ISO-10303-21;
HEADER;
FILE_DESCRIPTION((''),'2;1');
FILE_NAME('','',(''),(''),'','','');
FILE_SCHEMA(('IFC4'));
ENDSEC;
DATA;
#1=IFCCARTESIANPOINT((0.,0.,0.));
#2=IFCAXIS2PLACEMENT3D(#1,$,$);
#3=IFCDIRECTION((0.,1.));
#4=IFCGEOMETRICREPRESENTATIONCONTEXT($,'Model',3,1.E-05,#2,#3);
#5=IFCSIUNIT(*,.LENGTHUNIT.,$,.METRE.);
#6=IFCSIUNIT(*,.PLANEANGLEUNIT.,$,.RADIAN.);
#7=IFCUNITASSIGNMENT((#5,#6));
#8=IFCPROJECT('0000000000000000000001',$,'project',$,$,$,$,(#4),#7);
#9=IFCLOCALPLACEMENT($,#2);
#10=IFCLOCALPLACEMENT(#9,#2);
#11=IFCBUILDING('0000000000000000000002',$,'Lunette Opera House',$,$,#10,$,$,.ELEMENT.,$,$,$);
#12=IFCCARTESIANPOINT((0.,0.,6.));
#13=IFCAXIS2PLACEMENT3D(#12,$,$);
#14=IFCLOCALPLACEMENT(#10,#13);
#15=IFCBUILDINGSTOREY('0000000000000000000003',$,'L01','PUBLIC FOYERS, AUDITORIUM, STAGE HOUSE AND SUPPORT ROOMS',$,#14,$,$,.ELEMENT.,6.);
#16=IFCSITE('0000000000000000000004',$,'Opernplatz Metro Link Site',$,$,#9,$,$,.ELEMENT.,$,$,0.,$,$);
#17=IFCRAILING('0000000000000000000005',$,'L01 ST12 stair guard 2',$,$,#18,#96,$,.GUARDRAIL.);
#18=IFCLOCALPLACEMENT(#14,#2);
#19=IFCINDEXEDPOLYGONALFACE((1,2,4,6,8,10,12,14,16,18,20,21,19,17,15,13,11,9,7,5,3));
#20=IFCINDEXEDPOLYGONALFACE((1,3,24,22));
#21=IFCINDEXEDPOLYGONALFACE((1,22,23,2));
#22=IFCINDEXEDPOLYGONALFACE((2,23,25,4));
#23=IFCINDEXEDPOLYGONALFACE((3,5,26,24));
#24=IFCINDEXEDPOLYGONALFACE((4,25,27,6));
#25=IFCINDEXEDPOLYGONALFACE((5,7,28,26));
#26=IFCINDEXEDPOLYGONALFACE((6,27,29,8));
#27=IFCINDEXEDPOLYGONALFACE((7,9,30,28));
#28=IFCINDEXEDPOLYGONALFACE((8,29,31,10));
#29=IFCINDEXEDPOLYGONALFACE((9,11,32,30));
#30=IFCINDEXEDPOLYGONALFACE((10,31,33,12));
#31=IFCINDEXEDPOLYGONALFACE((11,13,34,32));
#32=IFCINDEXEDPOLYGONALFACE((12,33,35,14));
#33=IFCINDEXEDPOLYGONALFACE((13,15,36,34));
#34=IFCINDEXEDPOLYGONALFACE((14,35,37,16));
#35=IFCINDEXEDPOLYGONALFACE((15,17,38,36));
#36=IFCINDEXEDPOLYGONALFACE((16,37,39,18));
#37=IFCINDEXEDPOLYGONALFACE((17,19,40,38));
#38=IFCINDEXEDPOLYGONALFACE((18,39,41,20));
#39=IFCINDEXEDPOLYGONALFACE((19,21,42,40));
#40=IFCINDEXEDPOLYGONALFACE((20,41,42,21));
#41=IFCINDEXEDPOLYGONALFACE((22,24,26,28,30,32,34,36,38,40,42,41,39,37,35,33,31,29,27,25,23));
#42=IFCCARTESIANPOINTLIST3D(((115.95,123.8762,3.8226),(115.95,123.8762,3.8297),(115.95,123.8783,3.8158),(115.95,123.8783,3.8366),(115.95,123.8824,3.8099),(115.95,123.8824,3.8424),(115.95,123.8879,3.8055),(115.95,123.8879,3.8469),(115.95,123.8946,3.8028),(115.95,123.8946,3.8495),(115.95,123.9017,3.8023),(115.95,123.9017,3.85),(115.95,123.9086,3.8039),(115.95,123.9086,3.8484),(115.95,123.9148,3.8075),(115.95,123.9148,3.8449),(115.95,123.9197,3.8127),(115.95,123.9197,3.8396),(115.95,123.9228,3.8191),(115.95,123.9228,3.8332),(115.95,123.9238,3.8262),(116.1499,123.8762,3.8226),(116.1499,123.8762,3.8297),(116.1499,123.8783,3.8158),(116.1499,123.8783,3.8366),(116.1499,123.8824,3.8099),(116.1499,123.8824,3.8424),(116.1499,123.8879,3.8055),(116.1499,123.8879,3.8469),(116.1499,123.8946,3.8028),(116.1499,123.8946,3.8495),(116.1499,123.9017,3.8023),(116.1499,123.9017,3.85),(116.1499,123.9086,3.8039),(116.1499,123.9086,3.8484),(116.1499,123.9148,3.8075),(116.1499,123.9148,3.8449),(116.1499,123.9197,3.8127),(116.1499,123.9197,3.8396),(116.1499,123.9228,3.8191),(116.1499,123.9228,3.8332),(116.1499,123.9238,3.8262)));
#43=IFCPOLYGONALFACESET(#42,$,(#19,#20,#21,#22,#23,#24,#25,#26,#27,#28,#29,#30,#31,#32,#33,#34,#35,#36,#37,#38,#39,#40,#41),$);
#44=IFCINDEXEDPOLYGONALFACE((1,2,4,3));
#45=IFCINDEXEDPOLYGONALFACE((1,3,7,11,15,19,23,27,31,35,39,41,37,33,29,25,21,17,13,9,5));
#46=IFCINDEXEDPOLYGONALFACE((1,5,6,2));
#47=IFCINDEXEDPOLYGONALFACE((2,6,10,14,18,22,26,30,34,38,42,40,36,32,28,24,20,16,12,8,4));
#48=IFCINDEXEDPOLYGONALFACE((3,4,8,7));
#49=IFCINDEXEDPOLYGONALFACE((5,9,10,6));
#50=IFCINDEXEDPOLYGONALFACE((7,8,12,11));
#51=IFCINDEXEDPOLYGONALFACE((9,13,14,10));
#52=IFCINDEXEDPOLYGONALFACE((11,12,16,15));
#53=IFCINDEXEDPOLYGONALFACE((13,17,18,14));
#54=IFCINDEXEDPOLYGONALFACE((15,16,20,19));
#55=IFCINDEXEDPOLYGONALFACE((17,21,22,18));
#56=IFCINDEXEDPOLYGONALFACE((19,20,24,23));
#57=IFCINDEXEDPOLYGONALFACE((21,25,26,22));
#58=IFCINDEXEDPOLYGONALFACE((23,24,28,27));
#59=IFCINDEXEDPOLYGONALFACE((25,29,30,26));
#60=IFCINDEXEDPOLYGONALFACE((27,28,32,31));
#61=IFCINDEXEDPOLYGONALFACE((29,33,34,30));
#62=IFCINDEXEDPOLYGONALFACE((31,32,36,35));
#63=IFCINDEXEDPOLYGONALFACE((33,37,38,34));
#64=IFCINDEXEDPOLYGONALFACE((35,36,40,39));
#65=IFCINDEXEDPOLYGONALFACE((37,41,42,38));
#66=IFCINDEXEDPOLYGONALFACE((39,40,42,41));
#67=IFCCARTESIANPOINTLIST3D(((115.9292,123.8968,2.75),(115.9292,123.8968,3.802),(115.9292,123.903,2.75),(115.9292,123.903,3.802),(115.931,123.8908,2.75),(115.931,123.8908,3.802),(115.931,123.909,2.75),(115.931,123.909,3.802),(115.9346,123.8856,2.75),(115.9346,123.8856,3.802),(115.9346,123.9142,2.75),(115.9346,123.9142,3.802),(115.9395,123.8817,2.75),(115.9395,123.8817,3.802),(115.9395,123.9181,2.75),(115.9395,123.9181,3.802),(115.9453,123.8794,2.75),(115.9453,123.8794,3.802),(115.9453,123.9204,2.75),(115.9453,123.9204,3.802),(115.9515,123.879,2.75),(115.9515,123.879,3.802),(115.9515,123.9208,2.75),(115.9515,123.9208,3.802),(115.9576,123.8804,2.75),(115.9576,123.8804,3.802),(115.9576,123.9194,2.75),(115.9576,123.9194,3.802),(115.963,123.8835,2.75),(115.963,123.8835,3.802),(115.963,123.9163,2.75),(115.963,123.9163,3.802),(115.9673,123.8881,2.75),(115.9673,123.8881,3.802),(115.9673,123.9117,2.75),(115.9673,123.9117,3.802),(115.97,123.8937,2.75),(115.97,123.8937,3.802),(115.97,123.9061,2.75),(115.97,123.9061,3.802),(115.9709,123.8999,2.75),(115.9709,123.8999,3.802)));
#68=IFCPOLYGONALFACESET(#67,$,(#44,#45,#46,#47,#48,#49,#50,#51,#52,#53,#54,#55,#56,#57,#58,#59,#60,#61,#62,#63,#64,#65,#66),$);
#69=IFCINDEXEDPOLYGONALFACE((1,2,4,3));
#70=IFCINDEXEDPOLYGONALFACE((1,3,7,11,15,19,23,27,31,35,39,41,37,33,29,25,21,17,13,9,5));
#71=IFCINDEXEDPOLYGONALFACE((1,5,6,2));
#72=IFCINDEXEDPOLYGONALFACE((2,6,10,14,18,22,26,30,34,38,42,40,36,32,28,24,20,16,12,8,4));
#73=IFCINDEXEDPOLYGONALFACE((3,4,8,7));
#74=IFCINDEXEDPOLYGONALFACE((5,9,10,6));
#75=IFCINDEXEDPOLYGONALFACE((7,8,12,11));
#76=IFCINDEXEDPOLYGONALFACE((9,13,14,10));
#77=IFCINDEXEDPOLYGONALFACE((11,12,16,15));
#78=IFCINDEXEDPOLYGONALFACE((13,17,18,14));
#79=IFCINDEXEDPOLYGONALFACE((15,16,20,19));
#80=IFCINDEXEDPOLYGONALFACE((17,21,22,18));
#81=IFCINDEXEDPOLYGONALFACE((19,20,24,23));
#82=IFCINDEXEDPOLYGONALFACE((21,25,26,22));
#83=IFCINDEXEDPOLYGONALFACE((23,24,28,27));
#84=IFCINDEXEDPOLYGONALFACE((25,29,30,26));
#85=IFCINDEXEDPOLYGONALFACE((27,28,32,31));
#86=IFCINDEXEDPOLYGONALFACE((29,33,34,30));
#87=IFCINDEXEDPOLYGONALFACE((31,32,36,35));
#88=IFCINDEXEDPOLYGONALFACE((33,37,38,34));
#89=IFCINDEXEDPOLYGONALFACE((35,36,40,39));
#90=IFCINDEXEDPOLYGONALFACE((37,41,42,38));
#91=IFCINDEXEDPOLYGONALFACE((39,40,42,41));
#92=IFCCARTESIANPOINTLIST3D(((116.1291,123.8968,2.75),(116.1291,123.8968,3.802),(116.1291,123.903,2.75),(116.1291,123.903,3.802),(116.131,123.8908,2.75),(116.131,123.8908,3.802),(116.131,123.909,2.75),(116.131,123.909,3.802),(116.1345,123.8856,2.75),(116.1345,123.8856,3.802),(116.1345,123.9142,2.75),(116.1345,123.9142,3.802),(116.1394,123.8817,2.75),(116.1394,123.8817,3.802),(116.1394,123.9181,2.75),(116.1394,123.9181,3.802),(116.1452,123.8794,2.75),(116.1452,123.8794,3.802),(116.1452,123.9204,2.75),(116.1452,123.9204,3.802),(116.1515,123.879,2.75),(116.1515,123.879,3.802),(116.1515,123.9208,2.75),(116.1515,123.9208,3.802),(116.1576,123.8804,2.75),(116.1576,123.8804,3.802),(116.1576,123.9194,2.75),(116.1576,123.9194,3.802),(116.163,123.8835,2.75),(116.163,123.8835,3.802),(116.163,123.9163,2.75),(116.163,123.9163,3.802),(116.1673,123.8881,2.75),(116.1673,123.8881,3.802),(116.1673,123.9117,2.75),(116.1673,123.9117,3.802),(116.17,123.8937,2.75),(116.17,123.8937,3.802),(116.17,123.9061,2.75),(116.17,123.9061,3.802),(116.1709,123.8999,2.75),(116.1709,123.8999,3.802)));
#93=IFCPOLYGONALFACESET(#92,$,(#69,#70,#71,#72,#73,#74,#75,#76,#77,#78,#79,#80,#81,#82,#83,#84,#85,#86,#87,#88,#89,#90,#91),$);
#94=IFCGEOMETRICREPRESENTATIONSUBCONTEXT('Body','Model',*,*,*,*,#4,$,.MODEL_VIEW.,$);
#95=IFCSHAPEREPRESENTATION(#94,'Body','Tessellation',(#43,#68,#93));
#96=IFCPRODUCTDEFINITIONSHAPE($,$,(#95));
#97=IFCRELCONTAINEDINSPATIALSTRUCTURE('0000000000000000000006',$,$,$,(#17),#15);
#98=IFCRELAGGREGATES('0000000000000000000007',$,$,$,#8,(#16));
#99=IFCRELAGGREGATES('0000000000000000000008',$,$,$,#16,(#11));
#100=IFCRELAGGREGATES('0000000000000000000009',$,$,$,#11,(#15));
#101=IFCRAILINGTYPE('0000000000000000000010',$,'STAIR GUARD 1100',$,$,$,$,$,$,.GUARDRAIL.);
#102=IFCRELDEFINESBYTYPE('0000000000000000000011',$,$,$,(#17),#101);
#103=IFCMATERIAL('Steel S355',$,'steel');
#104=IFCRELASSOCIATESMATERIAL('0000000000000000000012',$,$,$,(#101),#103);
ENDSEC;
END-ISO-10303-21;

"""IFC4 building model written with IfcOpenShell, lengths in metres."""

from ifc_helpers import new_model, si_unit, direction, frame, origin, origin_2d, place, context, subcontext, project, spatial, circle, extrude, material, type_object, element, save


model = new_model("IFC4")

# Units and contexts
model_context = context("Model", 3, precision=1e-05, world=origin(), true_north=direction((0.0, 1.0)))
body_context = subcontext(model_context, "Body", "Model", "MODEL_VIEW")
ifc_project = project(units=[si_unit("LENGTHUNIT", "METRE"), si_unit("PLANEANGLEUNIT", "RADIAN")], contexts=[model_context])

# Site, building, storey
site_placement = place(None, origin())
site = spatial("IfcSite", under=ifc_project, at=site_placement, Name="Opernplatz Metro Link Site", CompositionType="ELEMENT", RefElevation=0.0)
building_placement = place(site_placement, origin())
building = spatial("IfcBuilding", under=site, at=building_placement, Name="Lunette Opera House", CompositionType="ELEMENT")
storey_placement = place(building_placement, frame((0.0, 0.0, 6.0)))
storey = spatial("IfcBuildingStorey", under=building, at=storey_placement, Name="L01", Description="PUBLIC FOYERS, AUDITORIUM, STAGE HOUSE AND SUPPORT ROOMS", CompositionType="ELEMENT", Elevation=6.0)

# Railing
ifc_material_1 = material(Name="Steel S355", Category="steel")
railing_type_1 = type_object("IfcRailingType", Name="STAIR GUARD 1100", PredefinedType="GUARDRAIL", material=ifc_material_1)
railing_1_placement = place(storey_placement, frame((115.95, 123.8999, 2.75)))
element("IfcRailing", 1, at=railing_1_placement, inside=storey, type_object=railing_type_1, Name="L01 ST12 stair guard 2", PredefinedType="GUARDRAIL", context=body_context, shape_type="SweptSolid", body=[
    extrude(circle(Radius=0.0239, at=origin_2d()), frame((0.0, 0.0, 1.0762), z_axis=(1.0, 0.0, 0.0), x_axis=(0.0, 1.0, 0.0)), (0.0, 0.0, 1.0), 0.2),
    extrude(circle(Radius=0.021, at=origin_2d()), origin(), (0.0, 0.0, 1.0), 1.052),
    extrude(circle(Radius=0.021, at=origin_2d()), frame((0.2, 0.0, 0.0)), (0.0, 0.0, 1.0), 1.052),
])

save(model, "model.ifc")
